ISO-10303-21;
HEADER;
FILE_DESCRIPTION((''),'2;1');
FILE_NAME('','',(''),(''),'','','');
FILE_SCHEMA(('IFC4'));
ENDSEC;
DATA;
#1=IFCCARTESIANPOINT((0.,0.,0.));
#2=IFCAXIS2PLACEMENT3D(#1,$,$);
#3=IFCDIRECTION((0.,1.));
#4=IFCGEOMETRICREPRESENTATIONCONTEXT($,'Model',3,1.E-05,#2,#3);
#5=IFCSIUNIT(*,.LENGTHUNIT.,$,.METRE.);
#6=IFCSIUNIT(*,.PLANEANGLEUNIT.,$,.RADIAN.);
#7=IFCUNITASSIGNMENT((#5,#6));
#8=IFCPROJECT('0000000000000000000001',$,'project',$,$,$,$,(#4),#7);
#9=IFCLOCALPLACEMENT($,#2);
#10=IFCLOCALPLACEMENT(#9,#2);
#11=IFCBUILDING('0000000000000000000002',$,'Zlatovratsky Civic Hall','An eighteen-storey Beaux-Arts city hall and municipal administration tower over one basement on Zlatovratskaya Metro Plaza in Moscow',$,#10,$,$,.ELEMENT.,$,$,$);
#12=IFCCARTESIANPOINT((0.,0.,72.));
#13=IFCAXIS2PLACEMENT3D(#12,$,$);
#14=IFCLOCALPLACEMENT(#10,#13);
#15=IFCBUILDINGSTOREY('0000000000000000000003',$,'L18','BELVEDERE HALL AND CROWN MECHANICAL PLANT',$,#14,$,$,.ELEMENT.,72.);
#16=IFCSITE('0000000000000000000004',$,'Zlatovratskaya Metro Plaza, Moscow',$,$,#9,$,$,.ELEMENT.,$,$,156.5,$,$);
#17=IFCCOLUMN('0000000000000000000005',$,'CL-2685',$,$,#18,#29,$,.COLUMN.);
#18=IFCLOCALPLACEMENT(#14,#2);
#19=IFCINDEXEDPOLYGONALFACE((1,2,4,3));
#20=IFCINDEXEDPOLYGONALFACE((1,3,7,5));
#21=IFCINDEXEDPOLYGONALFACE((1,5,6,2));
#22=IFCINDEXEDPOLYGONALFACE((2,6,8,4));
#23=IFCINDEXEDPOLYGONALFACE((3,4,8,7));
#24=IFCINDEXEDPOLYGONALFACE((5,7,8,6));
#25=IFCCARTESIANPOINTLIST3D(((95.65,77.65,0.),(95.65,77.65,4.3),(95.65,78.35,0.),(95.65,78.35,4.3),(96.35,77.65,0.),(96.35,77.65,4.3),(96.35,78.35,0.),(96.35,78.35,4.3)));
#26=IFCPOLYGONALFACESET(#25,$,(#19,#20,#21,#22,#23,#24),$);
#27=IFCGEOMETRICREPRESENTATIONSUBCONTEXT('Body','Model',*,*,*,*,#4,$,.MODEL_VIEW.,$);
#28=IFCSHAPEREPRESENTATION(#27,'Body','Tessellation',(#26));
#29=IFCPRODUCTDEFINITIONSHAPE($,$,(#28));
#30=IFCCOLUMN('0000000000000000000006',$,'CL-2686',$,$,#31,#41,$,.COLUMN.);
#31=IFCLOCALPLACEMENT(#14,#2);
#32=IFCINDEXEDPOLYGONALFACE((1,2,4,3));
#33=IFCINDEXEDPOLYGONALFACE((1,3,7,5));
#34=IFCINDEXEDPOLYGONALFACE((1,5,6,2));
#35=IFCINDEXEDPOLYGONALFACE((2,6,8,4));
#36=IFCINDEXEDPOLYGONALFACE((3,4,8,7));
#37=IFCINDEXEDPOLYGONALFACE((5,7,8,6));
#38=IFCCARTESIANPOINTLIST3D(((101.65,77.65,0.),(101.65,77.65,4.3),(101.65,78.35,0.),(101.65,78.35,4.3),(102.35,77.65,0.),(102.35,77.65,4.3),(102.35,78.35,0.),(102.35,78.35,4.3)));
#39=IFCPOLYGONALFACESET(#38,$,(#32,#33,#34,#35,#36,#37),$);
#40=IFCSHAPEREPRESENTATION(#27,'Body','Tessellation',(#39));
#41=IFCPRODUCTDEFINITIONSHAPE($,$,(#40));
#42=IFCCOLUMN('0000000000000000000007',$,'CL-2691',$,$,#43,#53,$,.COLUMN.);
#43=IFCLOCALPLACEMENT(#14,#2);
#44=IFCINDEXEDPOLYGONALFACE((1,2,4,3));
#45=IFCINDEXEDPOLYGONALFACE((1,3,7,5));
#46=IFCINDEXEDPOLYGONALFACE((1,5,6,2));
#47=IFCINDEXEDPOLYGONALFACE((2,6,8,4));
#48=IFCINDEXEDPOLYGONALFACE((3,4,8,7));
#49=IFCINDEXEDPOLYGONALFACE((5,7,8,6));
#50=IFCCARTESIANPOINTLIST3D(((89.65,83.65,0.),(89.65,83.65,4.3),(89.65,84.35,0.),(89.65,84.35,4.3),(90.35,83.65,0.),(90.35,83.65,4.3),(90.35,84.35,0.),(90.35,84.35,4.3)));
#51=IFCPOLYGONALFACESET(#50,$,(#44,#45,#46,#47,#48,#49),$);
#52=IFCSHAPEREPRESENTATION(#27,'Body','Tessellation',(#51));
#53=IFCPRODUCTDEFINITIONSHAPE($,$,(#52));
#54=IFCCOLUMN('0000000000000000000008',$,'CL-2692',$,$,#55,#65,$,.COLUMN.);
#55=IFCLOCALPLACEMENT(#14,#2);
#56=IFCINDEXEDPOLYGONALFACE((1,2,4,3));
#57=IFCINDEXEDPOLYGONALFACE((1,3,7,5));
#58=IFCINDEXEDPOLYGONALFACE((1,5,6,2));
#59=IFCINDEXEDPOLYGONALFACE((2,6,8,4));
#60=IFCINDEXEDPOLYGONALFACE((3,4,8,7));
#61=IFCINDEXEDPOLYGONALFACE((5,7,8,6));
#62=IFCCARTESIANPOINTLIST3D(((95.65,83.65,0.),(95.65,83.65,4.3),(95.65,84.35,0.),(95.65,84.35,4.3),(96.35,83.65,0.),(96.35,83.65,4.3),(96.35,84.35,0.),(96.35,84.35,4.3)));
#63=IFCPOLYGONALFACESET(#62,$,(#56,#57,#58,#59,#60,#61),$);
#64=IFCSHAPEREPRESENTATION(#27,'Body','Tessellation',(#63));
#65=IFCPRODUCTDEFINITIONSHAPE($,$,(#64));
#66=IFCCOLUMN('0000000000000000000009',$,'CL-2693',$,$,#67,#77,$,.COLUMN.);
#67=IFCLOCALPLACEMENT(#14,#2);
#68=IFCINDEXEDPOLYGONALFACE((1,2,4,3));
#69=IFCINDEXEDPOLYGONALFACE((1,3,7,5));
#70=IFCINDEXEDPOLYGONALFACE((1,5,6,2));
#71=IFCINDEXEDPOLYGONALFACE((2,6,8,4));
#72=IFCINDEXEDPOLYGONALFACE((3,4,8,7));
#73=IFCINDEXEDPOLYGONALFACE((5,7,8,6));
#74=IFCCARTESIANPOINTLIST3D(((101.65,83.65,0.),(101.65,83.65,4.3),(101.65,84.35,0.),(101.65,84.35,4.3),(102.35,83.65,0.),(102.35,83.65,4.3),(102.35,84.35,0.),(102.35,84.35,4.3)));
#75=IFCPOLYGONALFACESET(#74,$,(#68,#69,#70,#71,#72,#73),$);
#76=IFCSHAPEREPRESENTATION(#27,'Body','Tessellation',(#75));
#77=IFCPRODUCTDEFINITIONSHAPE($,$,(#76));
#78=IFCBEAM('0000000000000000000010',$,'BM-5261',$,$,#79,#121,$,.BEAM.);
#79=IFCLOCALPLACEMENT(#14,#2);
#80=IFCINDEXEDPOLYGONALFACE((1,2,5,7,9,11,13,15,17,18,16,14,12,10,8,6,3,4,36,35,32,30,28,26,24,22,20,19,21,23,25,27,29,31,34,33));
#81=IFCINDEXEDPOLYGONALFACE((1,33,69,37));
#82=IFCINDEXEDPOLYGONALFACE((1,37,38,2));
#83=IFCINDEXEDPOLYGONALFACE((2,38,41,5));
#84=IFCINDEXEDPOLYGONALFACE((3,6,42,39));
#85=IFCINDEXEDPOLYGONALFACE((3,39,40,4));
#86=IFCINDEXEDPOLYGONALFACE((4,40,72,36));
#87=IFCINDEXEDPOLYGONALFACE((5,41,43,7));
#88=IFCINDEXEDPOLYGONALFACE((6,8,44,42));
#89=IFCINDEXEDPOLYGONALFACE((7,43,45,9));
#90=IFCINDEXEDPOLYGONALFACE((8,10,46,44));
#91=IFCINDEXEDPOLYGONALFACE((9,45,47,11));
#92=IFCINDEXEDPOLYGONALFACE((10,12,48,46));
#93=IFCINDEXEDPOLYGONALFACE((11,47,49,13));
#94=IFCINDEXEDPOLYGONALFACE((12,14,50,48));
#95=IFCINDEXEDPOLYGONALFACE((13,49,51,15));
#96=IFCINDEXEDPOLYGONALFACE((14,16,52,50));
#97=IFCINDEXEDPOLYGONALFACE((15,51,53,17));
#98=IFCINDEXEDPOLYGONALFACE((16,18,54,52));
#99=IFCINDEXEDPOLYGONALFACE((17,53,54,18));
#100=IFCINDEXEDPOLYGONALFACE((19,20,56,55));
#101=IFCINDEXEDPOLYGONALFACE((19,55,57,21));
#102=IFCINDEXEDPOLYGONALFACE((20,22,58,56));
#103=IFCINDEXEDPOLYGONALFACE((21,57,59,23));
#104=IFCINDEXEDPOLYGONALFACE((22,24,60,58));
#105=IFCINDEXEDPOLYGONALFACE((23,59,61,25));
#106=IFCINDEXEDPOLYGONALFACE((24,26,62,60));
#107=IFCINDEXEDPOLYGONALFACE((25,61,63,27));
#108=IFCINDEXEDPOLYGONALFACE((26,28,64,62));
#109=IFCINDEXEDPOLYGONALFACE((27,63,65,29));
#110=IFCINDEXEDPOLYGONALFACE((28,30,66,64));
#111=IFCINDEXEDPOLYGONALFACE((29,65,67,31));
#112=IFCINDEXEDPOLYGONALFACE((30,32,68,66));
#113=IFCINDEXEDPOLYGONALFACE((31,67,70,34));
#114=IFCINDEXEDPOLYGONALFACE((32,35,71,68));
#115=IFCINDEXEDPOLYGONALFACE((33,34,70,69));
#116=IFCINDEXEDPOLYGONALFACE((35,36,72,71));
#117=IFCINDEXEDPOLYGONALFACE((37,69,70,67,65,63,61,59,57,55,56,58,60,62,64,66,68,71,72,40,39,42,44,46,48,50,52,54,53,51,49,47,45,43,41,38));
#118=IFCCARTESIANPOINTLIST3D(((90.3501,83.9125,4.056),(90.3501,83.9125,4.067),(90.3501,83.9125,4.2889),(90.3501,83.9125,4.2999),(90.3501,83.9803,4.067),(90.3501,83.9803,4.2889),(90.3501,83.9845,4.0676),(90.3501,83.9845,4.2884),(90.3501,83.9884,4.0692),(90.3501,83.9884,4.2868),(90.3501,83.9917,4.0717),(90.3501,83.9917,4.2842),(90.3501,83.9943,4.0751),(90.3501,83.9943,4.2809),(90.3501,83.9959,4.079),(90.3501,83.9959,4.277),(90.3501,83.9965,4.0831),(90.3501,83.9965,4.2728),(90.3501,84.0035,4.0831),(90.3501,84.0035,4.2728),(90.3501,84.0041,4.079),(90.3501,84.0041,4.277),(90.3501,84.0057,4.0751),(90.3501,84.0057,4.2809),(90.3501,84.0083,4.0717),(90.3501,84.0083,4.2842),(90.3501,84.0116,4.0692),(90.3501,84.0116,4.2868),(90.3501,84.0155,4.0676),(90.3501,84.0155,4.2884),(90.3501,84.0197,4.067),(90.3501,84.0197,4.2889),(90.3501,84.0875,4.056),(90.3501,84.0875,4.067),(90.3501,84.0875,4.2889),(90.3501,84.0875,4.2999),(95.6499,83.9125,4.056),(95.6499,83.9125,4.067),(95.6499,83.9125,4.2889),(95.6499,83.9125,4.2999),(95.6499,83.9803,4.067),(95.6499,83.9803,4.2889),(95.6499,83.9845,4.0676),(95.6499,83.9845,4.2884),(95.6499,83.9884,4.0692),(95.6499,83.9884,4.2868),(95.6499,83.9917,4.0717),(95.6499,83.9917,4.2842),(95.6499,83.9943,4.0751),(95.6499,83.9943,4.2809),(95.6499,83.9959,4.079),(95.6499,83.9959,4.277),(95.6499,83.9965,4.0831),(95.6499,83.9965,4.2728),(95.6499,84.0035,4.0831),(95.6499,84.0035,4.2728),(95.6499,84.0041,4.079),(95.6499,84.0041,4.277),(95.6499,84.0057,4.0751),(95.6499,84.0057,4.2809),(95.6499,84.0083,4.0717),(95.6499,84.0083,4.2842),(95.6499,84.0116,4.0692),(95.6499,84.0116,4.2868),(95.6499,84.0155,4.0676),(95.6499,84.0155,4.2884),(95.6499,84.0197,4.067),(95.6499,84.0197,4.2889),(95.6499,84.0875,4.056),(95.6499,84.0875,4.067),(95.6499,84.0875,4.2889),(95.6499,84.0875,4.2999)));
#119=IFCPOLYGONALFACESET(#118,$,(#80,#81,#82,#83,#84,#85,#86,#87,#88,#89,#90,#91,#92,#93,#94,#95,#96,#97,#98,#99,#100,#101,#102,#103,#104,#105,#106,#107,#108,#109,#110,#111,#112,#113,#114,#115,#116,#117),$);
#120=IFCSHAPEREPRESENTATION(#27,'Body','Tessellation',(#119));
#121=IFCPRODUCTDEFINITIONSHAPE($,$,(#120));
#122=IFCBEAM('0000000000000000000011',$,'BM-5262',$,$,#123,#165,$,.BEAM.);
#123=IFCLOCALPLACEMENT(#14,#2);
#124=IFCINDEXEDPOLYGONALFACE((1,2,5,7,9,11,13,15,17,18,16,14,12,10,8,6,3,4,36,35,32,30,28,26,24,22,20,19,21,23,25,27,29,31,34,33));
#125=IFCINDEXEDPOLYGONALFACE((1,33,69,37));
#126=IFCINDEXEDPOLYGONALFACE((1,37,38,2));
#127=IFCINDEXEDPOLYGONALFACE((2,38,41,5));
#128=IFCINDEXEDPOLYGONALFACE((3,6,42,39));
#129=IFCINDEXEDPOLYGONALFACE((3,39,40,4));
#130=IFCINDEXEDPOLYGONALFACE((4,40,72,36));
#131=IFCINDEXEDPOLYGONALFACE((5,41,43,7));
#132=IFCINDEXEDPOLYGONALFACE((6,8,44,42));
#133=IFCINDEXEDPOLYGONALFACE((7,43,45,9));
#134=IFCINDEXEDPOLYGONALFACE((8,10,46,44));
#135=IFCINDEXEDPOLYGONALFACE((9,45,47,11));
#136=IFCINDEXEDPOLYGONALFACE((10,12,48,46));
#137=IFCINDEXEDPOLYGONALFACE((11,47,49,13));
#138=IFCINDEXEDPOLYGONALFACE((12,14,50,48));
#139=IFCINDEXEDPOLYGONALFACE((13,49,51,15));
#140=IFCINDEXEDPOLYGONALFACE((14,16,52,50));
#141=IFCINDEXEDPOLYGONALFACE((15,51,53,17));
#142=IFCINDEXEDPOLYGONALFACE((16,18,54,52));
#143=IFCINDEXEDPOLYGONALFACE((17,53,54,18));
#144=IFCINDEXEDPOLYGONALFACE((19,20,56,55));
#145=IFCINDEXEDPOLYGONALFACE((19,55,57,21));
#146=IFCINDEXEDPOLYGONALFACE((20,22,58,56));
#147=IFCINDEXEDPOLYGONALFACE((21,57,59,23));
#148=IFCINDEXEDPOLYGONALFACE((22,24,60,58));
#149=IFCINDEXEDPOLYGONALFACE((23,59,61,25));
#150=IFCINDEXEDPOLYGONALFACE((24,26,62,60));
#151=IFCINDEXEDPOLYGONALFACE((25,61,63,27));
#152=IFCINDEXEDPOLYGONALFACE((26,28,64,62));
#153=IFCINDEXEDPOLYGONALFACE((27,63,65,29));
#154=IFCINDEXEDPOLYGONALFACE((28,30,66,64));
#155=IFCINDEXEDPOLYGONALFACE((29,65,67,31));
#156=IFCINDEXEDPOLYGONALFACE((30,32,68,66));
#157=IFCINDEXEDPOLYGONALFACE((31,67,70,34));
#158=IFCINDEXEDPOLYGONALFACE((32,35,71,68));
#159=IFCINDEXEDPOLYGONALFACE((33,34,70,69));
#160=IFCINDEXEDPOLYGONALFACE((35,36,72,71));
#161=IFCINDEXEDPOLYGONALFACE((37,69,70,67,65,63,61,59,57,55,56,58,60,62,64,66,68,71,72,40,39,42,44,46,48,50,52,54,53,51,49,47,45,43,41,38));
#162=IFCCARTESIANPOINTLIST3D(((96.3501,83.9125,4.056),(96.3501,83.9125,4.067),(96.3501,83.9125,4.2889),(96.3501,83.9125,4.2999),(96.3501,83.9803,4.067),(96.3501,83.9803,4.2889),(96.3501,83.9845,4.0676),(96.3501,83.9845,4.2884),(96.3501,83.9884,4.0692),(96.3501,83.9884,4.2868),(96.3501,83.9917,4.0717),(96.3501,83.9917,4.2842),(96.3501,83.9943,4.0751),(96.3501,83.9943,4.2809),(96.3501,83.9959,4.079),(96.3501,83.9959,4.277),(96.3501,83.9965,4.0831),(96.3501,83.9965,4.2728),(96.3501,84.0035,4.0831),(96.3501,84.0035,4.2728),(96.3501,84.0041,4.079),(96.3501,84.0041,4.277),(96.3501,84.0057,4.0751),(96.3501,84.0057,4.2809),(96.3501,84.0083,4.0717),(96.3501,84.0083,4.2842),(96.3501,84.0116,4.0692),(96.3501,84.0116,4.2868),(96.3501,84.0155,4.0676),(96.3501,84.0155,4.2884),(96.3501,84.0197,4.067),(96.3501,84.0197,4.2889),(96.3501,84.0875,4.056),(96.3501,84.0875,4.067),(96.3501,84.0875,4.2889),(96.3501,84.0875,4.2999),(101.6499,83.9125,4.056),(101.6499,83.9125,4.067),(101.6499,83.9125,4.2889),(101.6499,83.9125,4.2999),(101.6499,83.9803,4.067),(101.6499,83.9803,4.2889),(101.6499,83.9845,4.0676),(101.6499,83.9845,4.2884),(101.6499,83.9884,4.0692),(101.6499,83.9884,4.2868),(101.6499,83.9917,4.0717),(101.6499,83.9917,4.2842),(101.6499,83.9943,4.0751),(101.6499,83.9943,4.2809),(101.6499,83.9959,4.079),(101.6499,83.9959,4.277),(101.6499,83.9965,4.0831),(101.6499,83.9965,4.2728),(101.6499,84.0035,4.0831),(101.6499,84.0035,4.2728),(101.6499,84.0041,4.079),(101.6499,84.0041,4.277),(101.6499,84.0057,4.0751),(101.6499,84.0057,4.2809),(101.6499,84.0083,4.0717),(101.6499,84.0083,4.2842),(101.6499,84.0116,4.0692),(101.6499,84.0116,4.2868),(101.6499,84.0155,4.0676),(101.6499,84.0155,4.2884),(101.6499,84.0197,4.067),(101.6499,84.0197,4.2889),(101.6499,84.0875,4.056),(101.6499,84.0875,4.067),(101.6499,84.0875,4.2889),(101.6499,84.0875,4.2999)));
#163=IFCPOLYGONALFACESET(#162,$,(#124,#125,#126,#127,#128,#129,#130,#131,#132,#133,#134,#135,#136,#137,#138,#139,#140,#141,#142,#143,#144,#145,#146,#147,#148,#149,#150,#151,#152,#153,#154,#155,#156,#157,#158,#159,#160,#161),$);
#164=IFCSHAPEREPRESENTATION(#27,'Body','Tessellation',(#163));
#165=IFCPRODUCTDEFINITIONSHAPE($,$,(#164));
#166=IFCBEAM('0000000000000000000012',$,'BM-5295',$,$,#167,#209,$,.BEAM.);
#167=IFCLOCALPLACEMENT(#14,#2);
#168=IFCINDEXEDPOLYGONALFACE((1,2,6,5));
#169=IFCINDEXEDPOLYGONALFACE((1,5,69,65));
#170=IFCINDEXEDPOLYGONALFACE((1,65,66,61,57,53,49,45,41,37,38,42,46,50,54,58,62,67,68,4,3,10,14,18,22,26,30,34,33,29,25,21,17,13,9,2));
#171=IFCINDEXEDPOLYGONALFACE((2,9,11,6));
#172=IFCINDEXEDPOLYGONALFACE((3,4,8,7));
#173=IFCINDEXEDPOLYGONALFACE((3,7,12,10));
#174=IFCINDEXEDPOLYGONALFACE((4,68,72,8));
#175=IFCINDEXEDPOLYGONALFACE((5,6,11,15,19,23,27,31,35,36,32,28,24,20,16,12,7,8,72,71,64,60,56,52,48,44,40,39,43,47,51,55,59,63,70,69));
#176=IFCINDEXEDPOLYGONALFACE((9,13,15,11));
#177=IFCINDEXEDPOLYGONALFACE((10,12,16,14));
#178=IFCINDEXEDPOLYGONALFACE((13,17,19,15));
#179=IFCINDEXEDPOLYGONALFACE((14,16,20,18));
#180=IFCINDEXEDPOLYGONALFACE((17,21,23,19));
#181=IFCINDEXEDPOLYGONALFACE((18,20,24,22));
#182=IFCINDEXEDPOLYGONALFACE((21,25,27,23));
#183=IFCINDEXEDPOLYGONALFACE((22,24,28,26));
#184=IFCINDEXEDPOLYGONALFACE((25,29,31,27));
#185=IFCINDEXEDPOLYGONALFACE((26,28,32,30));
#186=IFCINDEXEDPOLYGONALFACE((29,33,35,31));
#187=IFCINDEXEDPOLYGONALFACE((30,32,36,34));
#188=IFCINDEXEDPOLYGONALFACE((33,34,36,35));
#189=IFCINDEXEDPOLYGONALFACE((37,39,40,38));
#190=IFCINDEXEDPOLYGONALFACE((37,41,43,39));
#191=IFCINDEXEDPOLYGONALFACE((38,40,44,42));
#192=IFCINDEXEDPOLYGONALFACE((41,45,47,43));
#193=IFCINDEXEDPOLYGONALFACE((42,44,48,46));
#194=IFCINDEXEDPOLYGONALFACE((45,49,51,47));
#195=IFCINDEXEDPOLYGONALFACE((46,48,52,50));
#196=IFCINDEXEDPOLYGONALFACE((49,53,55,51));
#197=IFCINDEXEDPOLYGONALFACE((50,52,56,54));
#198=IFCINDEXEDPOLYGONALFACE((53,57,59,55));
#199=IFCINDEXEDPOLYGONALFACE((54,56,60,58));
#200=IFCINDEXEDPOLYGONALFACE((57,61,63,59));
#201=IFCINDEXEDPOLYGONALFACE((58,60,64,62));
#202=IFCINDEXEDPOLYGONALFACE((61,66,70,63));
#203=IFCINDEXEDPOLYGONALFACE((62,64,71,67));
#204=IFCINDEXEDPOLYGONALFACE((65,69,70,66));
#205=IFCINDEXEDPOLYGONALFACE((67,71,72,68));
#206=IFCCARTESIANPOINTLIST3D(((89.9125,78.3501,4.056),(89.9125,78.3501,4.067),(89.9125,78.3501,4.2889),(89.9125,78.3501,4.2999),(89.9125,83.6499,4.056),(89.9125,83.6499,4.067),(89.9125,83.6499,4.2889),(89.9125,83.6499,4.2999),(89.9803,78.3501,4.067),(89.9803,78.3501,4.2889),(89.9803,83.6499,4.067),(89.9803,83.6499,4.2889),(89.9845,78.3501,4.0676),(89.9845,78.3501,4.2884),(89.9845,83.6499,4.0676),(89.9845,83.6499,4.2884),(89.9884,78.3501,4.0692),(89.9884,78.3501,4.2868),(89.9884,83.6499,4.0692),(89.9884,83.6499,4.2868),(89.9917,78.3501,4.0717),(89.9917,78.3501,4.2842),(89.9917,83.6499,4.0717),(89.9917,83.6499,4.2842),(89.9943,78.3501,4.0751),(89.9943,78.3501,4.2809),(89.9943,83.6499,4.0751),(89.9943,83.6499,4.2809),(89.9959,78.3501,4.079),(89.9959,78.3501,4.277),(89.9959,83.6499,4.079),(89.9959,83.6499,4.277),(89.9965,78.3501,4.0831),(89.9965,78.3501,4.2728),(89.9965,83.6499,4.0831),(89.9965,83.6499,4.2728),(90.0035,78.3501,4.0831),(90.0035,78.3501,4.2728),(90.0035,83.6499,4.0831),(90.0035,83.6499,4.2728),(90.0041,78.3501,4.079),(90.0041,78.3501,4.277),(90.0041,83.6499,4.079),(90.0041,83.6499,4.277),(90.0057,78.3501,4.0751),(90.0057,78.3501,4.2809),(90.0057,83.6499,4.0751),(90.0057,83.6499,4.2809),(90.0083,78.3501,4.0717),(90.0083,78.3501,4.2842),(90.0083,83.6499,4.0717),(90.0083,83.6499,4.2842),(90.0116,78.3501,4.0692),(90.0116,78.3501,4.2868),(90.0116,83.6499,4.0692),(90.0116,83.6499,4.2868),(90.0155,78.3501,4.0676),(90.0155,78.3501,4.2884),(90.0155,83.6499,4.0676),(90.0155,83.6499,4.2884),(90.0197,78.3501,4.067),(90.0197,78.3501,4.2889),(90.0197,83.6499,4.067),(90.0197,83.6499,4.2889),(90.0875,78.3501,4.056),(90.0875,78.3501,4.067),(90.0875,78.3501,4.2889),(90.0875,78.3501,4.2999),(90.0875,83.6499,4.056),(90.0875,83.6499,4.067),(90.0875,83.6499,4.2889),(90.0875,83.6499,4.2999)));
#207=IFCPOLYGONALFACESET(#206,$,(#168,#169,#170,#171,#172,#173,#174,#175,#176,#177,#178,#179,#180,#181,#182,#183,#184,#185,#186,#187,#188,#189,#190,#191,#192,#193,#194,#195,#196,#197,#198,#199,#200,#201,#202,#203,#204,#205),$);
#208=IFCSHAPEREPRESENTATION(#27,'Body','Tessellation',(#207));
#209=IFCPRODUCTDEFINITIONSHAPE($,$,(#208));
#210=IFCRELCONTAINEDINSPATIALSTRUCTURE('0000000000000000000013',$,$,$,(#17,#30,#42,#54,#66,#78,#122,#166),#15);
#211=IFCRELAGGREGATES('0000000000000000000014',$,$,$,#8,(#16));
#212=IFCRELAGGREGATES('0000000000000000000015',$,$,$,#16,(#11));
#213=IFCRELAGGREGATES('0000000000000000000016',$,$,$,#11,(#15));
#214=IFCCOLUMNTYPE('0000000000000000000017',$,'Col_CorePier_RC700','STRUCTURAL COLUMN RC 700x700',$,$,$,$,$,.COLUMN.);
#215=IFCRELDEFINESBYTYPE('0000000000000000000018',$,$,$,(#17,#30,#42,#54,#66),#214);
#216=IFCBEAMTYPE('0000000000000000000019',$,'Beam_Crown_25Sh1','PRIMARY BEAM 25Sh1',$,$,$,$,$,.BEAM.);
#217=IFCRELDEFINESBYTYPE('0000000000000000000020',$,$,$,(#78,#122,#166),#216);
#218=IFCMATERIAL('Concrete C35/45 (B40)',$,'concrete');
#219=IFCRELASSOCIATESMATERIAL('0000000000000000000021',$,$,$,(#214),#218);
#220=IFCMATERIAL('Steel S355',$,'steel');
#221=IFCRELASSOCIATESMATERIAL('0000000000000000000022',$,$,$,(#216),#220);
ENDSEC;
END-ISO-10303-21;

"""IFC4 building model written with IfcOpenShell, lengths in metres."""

from ifc_helpers import new_model, si_unit, direction, frame, origin, origin_2d, place, context, subcontext, project, spatial, rectangle, i_section, extrude, material, material_profile, profile_set, type_object, element, save


model = new_model("IFC4")

# Units and contexts
model_context = context("Model", 3, precision=1e-05, world=origin(), true_north=direction((0.0, 1.0)))
body_context = subcontext(model_context, "Body", "Model", "MODEL_VIEW")
ifc_project = project(units=[si_unit("LENGTHUNIT", "METRE"), si_unit("PLANEANGLEUNIT", "RADIAN")], contexts=[model_context])

# Site, building, storey
site_placement = place(None, origin())
site = spatial("IfcSite", under=ifc_project, at=site_placement, Name="Zlatovratskaya Metro Plaza, Moscow", CompositionType="ELEMENT", RefElevation=156.5)
building_placement = place(site_placement, origin())
building = spatial("IfcBuilding", under=site, at=building_placement, Name="Zlatovratsky Civic Hall", Description="An eighteen-storey Beaux-Arts city hall and municipal administration tower over one basement on Zlatovratskaya Metro Plaza in Moscow", CompositionType="ELEMENT")
storey_placement = place(building_placement, frame((0.0, 0.0, 72.0)))
storey = spatial("IfcBuildingStorey", under=building, at=storey_placement, Name="L18", Description="BELVEDERE HALL AND CROWN MECHANICAL PLANT", CompositionType="ELEMENT", Elevation=72.0)

# Columns
ifc_material_1 = material(Name="Concrete C35/45 (B40)", Category="concrete")
ifc_material_profile_1 = material_profile(ifc_material_1, rectangle(XDim=0.7, YDim=0.7, at=origin_2d()), Name="RC 700x700")
ifc_profile_set_1 = profile_set([ifc_material_profile_1], Name="Concrete C35/45 (B40)")
column_type = type_object("IfcColumnType", Name="Col_CorePier_RC700", Description="STRUCTURAL COLUMN RC 700x700", PredefinedType="COLUMN", material=ifc_profile_set_1)
for number, where, z_axis, x_axis, name in (
    (1, (96.0, 78.0, 0.0), (0.0, 0.0, 1.0), (1.0, 0.0, 0.0), "CL-2685"),
    (2, (102.0, 78.0, 0.0), (0.0, 0.0, 1.0), (1.0, 0.0, 0.0), "CL-2686"),
    (3, (90.0, 84.0, 0.0), (0.0, 0.0, 1.0), (1.0, 0.0, 0.0), "CL-2691"),
    (4, (96.0, 84.0, 0.0), (0.0, 0.0, 1.0), (1.0, 0.0, 0.0), "CL-2692"),
    (5, (102.0, 84.0, 0.0), (0.0, 0.0, 1.0), (1.0, 0.0, 0.0), "CL-2693"),
):
    element("IfcColumn", number, at=place(storey_placement, frame(where, z_axis=z_axis, x_axis=x_axis)), inside=storey, type_object=column_type, Name=name, PredefinedType="COLUMN", context=body_context, shape_type="SweptSolid", body=[
        extrude(rectangle(XDim=0.7, YDim=0.7, at=origin_2d()), origin(), (0.0, 0.0, 1.0), 4.3),
    ])

# Beams
ifc_material_2 = material(Name="Steel S355", Category="steel")
ifc_material_profile_2 = material_profile(ifc_material_2, i_section(OverallWidth=0.175, OverallDepth=0.2439, WebThickness=0.0071, FlangeThickness=0.011, FilletRadius=0.0161, at=origin_2d()), Name="25Sh1")
ifc_profile_set_2 = profile_set([ifc_material_profile_2], Name="Steel S355")
beam_type_1 = type_object("IfcBeamType", Name="Beam_Crown_25Sh1", Description="PRIMARY BEAM 25Sh1", PredefinedType="BEAM", material=ifc_profile_set_2)
for number, where, z_axis, x_axis, name in (
    (6, (90.3501, 84.0, 4.178), (1.0, 0.0, 0.0), (0.0, 1.0, 0.0), "BM-5261"),
    (7, (96.3501, 84.0, 4.178), (1.0, 0.0, 0.0), (0.0, 1.0, 0.0), "BM-5262"),
    (8, (90.0, 78.3501, 4.178), (0.0, 1.0, 0.0), (-1.0, 0.0, 0.0), "BM-5295"),
):
    element("IfcBeam", number, at=place(storey_placement, frame(where, z_axis=z_axis, x_axis=x_axis)), inside=storey, type_object=beam_type_1, Name=name, PredefinedType="BEAM", context=body_context, shape_type="SweptSolid", body=[
        extrude(i_section(OverallWidth=0.175, OverallDepth=0.2439, WebThickness=0.0071, FlangeThickness=0.011, FilletRadius=0.0161, at=origin_2d()), origin(), (0.0, 0.0, 1.0), 5.2998),
    ])

save(model, "model.ifc")
